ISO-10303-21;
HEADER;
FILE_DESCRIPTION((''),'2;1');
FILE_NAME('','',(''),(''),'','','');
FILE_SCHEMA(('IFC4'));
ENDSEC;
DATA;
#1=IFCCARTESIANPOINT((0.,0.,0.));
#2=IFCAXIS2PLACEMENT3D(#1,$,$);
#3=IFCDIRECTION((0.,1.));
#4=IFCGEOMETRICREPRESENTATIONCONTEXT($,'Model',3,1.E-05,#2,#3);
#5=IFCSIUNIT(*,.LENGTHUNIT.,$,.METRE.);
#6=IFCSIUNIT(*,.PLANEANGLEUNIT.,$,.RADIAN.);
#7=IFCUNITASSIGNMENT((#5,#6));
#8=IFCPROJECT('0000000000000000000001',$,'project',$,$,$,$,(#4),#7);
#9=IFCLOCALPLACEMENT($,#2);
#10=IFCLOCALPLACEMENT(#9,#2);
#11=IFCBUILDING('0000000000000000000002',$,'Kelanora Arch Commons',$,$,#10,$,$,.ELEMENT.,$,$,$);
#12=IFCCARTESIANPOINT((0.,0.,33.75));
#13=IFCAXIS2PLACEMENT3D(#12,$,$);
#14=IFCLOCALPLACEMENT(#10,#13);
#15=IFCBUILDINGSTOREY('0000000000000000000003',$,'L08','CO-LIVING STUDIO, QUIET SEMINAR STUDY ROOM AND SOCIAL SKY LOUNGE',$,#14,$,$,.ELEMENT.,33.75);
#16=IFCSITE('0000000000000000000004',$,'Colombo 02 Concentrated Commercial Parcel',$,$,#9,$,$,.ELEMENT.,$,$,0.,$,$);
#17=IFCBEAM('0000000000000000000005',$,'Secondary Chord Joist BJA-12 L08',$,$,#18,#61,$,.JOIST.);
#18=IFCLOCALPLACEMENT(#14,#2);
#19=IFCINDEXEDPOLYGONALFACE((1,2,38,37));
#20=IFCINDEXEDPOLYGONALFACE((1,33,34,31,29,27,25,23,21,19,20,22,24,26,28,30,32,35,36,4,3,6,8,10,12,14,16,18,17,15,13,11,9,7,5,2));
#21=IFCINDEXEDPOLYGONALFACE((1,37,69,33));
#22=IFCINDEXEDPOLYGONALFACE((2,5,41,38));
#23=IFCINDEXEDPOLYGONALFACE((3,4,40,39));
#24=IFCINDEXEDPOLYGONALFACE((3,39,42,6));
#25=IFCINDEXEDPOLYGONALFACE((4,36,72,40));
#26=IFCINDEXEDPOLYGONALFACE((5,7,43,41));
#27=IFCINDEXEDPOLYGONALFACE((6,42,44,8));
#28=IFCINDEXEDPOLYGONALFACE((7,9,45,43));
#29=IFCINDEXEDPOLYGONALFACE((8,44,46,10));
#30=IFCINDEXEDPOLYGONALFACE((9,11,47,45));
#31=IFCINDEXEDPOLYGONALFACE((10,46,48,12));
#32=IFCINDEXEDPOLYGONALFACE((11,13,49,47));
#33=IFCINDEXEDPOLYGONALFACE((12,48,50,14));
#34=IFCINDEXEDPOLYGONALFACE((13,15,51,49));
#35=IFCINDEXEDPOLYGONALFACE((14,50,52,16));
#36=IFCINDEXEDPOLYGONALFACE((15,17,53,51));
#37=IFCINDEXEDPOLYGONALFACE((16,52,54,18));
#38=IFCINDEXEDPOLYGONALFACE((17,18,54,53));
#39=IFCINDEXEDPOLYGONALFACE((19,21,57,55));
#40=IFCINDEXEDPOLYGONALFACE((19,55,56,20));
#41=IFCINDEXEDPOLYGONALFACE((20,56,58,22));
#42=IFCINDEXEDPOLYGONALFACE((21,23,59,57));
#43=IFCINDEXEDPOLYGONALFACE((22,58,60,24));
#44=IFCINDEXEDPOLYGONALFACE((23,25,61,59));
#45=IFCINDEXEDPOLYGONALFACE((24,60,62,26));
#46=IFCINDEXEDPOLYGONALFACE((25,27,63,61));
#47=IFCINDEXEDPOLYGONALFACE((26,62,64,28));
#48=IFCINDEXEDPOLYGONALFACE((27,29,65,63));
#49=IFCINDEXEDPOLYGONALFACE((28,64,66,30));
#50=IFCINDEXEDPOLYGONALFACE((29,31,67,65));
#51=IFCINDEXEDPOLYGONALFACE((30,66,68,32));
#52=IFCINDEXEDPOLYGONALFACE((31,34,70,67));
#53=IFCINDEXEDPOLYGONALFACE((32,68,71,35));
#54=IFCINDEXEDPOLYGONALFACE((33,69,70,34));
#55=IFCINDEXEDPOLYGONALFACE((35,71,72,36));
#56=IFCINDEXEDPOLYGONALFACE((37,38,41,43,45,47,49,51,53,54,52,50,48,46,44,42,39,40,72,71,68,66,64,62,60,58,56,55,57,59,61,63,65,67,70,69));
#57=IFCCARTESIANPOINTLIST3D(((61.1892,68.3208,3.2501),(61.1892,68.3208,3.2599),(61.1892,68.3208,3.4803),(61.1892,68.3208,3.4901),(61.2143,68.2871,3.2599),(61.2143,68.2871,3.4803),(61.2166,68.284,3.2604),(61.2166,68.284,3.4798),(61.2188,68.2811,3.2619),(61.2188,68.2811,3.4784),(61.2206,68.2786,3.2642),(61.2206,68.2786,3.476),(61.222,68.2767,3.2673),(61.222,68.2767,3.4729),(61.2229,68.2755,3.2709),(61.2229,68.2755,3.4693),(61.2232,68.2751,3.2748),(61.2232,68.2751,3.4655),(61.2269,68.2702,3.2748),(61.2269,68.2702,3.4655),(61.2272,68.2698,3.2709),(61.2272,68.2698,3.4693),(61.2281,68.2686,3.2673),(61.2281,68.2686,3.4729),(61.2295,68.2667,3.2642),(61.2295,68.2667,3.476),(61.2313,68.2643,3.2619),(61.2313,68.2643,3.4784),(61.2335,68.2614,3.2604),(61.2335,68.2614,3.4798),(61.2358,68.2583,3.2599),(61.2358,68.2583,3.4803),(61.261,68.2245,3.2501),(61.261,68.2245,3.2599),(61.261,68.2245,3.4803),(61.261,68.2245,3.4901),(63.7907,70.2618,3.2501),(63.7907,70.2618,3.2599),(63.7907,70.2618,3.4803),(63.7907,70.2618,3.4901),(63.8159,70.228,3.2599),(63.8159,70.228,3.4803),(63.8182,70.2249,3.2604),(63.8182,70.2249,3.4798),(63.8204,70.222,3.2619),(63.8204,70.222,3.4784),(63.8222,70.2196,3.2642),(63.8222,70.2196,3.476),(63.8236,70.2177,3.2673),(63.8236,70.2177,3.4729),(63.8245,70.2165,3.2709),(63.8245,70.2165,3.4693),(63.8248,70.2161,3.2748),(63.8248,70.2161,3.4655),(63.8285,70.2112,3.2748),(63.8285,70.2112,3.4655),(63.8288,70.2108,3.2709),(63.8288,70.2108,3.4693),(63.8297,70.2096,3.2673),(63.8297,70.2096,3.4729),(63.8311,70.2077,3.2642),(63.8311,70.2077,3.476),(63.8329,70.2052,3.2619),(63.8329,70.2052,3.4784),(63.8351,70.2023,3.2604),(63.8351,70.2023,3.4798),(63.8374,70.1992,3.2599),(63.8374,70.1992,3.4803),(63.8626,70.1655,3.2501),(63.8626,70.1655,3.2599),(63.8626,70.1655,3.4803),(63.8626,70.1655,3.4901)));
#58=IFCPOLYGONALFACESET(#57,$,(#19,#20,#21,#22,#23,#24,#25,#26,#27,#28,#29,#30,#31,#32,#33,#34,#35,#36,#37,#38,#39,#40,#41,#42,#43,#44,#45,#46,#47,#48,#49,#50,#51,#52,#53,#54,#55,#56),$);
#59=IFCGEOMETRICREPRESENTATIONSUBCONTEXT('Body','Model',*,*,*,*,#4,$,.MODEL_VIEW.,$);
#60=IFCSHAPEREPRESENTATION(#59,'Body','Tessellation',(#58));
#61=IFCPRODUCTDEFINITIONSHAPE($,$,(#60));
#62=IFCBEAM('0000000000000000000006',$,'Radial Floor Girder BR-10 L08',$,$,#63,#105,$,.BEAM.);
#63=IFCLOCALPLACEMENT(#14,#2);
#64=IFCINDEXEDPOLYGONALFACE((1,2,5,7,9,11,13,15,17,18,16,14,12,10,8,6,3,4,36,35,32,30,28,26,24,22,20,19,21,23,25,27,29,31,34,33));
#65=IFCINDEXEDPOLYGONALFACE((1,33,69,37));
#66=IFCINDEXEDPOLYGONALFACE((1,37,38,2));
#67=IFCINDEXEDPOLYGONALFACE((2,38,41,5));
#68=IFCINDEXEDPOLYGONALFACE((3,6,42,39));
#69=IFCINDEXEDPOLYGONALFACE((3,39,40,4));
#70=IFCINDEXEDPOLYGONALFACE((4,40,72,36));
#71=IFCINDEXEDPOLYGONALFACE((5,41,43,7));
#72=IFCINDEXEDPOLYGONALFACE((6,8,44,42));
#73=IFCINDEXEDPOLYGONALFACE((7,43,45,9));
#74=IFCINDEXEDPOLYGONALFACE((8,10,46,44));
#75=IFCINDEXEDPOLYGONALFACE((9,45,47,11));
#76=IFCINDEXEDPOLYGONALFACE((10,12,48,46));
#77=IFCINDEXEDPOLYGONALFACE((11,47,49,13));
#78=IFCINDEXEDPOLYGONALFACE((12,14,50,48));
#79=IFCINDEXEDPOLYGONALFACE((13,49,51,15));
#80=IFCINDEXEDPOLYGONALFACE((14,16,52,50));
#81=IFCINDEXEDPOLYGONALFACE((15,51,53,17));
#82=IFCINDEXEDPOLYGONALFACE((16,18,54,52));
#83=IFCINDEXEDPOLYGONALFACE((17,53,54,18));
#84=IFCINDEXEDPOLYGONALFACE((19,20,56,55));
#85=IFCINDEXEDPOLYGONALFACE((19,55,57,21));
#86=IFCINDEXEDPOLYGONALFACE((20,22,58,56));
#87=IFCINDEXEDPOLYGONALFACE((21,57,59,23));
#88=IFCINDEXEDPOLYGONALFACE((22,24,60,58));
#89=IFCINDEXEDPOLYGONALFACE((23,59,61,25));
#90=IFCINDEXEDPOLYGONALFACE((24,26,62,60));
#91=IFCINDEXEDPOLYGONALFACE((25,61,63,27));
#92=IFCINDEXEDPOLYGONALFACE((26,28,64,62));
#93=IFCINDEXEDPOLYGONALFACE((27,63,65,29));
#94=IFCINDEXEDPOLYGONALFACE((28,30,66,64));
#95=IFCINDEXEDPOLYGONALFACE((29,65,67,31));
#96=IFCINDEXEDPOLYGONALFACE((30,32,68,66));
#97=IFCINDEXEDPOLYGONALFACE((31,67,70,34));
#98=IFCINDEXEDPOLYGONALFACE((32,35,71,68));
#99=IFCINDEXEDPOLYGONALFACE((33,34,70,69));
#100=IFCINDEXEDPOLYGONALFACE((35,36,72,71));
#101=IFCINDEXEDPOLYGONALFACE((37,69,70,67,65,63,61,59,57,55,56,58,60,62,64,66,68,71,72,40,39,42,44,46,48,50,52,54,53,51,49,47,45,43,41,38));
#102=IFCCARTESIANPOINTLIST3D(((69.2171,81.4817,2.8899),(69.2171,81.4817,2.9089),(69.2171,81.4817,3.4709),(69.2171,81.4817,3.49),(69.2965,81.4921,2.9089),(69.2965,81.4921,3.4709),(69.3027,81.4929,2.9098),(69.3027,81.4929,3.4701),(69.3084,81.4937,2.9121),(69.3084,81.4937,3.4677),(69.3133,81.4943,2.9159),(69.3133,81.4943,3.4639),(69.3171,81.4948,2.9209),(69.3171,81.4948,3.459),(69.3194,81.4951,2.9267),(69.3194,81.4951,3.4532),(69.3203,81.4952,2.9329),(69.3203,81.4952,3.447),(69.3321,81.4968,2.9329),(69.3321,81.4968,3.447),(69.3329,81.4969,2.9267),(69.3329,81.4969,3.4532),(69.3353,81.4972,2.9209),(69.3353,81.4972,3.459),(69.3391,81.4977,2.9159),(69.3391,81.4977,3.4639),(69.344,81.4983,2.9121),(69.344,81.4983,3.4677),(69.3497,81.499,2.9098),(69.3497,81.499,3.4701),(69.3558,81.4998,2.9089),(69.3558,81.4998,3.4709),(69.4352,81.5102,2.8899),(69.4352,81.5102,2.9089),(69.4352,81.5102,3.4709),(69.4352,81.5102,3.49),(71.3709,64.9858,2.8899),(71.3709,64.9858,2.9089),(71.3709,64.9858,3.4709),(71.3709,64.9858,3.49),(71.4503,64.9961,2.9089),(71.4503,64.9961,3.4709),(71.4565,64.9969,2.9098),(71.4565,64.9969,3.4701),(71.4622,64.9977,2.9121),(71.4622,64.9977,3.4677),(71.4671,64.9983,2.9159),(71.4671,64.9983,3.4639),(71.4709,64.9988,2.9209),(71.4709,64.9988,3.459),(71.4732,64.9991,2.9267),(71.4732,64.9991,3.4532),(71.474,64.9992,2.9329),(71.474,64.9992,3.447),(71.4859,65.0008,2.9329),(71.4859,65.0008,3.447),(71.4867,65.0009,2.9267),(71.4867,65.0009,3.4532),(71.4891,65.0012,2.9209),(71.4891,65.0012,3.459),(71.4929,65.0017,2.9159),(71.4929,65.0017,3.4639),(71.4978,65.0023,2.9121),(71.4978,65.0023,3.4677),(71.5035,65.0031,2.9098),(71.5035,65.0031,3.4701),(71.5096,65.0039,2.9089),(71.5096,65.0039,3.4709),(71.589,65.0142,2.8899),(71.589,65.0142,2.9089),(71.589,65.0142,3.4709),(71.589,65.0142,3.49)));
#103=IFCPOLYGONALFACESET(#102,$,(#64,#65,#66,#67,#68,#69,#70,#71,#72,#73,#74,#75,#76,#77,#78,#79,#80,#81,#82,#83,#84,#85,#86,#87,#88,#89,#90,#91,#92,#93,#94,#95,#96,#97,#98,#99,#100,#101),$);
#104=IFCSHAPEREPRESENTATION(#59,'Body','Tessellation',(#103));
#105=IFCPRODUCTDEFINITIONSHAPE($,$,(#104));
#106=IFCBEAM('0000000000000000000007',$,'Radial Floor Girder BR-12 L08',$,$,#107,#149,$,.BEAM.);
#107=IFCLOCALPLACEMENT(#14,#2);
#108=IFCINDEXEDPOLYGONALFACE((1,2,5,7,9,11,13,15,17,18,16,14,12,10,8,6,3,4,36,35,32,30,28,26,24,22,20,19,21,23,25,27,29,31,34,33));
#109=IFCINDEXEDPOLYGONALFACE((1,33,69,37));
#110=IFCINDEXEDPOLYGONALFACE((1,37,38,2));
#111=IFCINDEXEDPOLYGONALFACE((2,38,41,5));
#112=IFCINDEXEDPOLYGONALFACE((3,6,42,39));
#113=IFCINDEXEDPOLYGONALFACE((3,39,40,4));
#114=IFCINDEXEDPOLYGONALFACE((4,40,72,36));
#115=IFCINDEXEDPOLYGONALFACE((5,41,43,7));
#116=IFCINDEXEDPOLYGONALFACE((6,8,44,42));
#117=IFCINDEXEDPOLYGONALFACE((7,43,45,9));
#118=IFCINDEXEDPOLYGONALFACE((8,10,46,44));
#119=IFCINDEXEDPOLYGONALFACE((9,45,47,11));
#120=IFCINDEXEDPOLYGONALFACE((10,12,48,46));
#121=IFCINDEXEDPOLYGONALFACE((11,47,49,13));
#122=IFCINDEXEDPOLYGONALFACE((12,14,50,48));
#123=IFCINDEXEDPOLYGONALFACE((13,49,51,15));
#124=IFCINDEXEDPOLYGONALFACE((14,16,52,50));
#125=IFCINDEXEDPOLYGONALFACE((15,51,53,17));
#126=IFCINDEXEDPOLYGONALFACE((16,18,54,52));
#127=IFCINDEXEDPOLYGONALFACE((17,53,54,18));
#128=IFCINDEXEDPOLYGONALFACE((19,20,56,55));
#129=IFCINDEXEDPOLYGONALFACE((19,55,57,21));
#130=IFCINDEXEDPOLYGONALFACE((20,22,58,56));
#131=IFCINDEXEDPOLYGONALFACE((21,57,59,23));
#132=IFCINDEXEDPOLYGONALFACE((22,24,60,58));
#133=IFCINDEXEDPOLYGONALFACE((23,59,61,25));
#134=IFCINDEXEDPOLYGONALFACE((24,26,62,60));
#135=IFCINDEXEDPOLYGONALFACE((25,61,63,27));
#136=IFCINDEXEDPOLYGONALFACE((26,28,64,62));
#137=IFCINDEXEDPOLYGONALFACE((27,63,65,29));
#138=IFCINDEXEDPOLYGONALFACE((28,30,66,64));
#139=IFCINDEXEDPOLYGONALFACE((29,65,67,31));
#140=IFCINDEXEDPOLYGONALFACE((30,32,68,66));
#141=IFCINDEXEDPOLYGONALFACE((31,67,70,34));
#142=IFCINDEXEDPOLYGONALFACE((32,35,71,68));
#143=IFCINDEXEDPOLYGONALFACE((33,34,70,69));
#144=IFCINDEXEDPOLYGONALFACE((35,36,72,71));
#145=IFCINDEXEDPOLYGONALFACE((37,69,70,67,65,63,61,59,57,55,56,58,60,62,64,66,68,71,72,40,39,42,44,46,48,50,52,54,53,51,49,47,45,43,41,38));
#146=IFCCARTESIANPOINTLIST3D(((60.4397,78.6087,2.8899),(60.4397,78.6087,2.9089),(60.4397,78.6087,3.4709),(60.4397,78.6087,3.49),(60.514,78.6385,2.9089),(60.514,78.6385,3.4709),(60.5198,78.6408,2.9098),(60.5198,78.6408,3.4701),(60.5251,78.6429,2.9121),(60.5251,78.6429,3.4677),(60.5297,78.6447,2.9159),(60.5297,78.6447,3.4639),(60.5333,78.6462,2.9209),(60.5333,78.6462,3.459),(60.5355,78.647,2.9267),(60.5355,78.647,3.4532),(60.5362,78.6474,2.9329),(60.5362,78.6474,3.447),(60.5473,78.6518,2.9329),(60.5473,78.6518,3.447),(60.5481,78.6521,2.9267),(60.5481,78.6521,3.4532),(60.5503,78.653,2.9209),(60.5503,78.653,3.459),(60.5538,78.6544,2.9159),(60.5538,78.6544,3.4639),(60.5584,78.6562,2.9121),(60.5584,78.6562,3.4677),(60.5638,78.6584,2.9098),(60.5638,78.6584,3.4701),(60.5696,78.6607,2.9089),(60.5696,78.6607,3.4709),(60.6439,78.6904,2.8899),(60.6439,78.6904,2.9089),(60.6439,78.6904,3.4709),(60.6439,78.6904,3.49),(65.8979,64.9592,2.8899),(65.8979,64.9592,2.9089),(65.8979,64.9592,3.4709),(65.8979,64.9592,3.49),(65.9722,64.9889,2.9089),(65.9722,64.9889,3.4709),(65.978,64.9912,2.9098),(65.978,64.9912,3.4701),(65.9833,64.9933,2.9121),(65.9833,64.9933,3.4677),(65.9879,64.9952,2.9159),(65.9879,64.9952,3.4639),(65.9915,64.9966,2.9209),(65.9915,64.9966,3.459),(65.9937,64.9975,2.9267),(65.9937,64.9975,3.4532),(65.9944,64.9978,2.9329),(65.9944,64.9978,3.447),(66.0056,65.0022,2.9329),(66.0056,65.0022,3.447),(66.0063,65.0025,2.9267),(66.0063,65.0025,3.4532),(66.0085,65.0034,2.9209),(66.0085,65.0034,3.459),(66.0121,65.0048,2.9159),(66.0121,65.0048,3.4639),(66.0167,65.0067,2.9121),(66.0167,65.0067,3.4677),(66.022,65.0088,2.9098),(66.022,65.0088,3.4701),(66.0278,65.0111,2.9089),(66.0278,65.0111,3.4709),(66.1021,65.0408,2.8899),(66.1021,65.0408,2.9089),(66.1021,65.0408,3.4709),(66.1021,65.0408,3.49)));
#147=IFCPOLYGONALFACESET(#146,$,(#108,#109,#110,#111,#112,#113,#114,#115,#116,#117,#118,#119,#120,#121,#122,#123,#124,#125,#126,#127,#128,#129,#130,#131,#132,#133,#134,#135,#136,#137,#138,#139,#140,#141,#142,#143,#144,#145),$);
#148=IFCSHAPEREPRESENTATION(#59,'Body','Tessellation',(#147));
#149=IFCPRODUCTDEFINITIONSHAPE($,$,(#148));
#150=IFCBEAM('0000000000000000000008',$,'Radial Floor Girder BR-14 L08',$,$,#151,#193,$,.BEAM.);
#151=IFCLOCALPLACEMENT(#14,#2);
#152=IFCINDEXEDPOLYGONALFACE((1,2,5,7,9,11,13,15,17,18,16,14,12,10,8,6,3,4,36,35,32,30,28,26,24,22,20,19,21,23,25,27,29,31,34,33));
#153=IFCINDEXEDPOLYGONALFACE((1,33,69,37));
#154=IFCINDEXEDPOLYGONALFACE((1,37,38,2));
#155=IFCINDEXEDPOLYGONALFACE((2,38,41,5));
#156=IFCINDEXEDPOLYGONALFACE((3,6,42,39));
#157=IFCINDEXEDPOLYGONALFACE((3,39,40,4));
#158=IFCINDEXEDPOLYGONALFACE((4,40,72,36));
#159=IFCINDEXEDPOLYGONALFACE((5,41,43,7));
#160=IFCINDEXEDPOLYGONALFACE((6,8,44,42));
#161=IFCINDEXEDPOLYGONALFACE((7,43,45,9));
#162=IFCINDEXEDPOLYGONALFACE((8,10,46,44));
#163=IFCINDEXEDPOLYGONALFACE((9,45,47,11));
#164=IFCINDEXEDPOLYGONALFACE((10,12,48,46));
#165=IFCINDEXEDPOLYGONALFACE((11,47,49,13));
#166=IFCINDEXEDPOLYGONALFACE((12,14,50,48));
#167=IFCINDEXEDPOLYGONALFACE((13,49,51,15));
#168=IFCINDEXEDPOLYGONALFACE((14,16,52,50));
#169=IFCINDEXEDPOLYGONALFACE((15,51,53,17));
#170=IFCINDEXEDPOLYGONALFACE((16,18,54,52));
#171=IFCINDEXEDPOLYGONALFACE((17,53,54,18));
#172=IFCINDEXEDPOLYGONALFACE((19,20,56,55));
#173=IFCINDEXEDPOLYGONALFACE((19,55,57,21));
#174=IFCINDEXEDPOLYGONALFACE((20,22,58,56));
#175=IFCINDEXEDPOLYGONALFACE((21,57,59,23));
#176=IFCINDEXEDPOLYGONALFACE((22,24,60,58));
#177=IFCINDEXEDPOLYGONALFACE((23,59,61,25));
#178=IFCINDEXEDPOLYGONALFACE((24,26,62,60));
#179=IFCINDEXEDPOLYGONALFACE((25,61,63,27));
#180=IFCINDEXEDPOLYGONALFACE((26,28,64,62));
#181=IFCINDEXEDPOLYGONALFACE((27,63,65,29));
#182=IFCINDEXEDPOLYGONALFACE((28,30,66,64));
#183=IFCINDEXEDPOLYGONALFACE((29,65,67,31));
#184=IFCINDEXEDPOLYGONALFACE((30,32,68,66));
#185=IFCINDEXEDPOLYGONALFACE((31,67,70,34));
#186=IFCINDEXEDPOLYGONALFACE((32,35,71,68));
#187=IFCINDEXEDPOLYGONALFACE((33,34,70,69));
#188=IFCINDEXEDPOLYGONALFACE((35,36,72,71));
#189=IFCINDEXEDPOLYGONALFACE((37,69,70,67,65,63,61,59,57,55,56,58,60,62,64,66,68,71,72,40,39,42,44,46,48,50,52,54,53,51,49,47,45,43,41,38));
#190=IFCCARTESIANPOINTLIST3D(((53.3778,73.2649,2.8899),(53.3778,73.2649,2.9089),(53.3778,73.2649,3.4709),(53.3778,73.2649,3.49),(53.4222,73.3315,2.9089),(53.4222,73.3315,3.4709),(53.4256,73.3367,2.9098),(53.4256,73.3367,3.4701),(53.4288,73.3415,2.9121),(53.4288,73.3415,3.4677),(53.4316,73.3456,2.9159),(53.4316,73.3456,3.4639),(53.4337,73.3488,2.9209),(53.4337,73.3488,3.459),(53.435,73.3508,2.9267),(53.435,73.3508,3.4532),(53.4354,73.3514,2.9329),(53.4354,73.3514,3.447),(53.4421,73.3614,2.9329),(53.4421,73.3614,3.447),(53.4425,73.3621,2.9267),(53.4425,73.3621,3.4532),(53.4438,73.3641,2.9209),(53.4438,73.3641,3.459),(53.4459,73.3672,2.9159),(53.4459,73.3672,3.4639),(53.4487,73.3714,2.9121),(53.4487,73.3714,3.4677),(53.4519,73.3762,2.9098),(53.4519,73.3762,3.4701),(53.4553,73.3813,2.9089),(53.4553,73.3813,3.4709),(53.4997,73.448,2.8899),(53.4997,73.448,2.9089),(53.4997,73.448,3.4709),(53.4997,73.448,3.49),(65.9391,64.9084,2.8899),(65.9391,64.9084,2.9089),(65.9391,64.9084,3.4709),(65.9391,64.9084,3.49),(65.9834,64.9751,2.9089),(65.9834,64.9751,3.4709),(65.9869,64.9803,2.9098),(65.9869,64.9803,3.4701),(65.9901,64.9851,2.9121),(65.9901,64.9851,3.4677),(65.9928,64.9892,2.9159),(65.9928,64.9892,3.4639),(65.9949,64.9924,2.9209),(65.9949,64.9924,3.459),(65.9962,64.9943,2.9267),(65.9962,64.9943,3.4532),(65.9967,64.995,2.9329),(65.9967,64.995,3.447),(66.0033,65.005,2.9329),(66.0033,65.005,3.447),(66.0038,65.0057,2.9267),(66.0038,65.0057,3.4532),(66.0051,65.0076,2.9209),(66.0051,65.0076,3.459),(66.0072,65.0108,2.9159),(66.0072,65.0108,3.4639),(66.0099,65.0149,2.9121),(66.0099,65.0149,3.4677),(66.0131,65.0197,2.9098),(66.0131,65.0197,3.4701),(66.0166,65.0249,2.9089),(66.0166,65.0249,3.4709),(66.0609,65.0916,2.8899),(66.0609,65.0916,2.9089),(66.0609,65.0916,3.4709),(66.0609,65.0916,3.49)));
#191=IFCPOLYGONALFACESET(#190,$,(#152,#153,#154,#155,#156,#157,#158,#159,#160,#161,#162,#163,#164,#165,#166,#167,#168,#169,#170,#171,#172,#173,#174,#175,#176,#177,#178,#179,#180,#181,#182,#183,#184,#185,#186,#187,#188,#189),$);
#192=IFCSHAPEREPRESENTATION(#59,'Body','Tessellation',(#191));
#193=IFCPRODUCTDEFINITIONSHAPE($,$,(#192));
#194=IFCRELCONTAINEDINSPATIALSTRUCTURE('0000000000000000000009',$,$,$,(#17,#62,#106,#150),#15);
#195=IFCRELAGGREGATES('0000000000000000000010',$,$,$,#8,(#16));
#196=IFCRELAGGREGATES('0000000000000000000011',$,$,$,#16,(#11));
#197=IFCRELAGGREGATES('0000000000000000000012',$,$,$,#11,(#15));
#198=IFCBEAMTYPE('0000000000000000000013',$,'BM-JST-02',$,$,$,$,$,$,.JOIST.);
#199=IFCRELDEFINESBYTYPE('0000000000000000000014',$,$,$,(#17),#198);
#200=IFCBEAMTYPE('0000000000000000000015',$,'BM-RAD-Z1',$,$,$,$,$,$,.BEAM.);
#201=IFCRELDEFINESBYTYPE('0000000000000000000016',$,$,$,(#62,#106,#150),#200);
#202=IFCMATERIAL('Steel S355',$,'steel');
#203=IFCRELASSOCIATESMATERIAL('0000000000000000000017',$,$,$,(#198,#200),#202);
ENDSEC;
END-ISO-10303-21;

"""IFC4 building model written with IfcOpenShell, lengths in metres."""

from ifc_helpers import new_model, si_unit, direction, frame, origin, origin_2d, place, context, subcontext, project, spatial, i_section, extrude, material, material_profile, profile_set, type_object, element, save


model = new_model("IFC4")

# Units and contexts
model_context = context("Model", 3, precision=1e-05, world=origin(), true_north=direction((0.0, 1.0)))
body_context = subcontext(model_context, "Body", "Model", "MODEL_VIEW")
ifc_project = project(units=[si_unit("LENGTHUNIT", "METRE"), si_unit("PLANEANGLEUNIT", "RADIAN")], contexts=[model_context])

# Site, building, storey
site_placement = place(None, origin())
site = spatial("IfcSite", under=ifc_project, at=site_placement, Name="Colombo 02 Concentrated Commercial Parcel", CompositionType="ELEMENT", RefElevation=0.0)
building_placement = place(site_placement, origin())
building = spatial("IfcBuilding", under=site, at=building_placement, Name="Kelanora Arch Commons", CompositionType="ELEMENT")
storey_placement = place(building_placement, frame((0.0, 0.0, 33.75)))
storey = spatial("IfcBuildingStorey", under=building, at=storey_placement, Name="L08", Description="CO-LIVING STUDIO, QUIET SEMINAR STUDY ROOM AND SOCIAL SKY LOUNGE", CompositionType="ELEMENT", Elevation=33.75)

# Beams
ifc_material_1 = material(Name="Steel S355", Category="steel")
ifc_material_profile_1 = material_profile(ifc_material_1, i_section(OverallWidth=0.1201, OverallDepth=0.24, WebThickness=0.0061, FlangeThickness=0.0098, FilletRadius=0.0149, at=origin_2d()), Name="IPE240")
ifc_profile_set_1 = profile_set([ifc_material_profile_1], Name="Steel S355")
beam_type_1 = type_object("IfcBeamType", Name="BM-JST-02", PredefinedType="JOIST", material=ifc_profile_set_1)
beam_1_placement = place(storey_placement, frame((63.8267, 70.2136, 3.3701), z_axis=(-0.801514, -0.597976, 0.0), x_axis=(0.597976, -0.801514, 0.0)))
element("IfcBeam", 1, at=beam_1_placement, inside=storey, type_object=beam_type_1, Name="Secondary Chord Joist BJA-12 L08", PredefinedType="JOIST", context=body_context, shape_type="SweptSolid", body=[
    extrude(i_section(OverallWidth=0.1201, OverallDepth=0.24, WebThickness=0.0061, FlangeThickness=0.0098, FilletRadius=0.0149, at=origin_2d()), origin(), (0.0, 0.0, 1.0), 3.2458),
])
ifc_material_profile_2 = material_profile(ifc_material_1, i_section(OverallWidth=0.22, OverallDepth=0.6001, WebThickness=0.012, FlangeThickness=0.019, FilletRadius=0.0239, at=origin_2d()), Name="IPE600")
ifc_profile_set_2 = profile_set([ifc_material_profile_2], Name="Steel S355")
beam_type_2 = type_object("IfcBeamType", Name="BM-RAD-Z1", PredefinedType="BEAM", material=ifc_profile_set_2)
beam_2_placement = place(storey_placement, frame((71.48, 65.0, 3.1899), z_axis=(-0.129466, 0.991584, 0.0), x_axis=(-0.991584, -0.129466, 0.0)))
element("IfcBeam", 2, at=beam_2_placement, inside=storey, type_object=beam_type_2, Name="Radial Floor Girder BR-10 L08", PredefinedType="BEAM", context=body_context, shape_type="SweptSolid", body=[
    extrude(i_section(OverallWidth=0.22, OverallDepth=0.6001, WebThickness=0.012, FlangeThickness=0.019, FilletRadius=0.0239, at=origin_2d()), origin(), (0.0, 0.0, 1.0), 16.636),
])
beam_3_placement = place(storey_placement, frame((66.0, 65.0, 3.1899), z_axis=(-0.371296, 0.928514, 0.0), x_axis=(-0.928514, -0.371296, 0.0)))
element("IfcBeam", 3, at=beam_3_placement, inside=storey, type_object=beam_type_2, Name="Radial Floor Girder BR-12 L08", PredefinedType="BEAM", context=body_context, shape_type="SweptSolid", body=[
    extrude(i_section(OverallWidth=0.22, OverallDepth=0.6001, WebThickness=0.012, FlangeThickness=0.019, FilletRadius=0.0239, at=origin_2d()), origin(), (0.0, 0.0, 1.0), 14.7004),
])
beam_4_placement = place(storey_placement, frame((66.0, 65.0, 3.1899), z_axis=(-0.832593, 0.553886, 0.0), x_axis=(-0.553886, -0.832593, 0.0)))
element("IfcBeam", 4, at=beam_4_placement, inside=storey, type_object=beam_type_2, Name="Radial Floor Girder BR-14 L08", PredefinedType="BEAM", context=body_context, shape_type="SweptSolid", body=[
    extrude(i_section(OverallWidth=0.22, OverallDepth=0.6001, WebThickness=0.012, FlangeThickness=0.019, FilletRadius=0.0239, at=origin_2d()), origin(), (0.0, 0.0, 1.0), 15.0869),
])

save(model, "model.ifc")
